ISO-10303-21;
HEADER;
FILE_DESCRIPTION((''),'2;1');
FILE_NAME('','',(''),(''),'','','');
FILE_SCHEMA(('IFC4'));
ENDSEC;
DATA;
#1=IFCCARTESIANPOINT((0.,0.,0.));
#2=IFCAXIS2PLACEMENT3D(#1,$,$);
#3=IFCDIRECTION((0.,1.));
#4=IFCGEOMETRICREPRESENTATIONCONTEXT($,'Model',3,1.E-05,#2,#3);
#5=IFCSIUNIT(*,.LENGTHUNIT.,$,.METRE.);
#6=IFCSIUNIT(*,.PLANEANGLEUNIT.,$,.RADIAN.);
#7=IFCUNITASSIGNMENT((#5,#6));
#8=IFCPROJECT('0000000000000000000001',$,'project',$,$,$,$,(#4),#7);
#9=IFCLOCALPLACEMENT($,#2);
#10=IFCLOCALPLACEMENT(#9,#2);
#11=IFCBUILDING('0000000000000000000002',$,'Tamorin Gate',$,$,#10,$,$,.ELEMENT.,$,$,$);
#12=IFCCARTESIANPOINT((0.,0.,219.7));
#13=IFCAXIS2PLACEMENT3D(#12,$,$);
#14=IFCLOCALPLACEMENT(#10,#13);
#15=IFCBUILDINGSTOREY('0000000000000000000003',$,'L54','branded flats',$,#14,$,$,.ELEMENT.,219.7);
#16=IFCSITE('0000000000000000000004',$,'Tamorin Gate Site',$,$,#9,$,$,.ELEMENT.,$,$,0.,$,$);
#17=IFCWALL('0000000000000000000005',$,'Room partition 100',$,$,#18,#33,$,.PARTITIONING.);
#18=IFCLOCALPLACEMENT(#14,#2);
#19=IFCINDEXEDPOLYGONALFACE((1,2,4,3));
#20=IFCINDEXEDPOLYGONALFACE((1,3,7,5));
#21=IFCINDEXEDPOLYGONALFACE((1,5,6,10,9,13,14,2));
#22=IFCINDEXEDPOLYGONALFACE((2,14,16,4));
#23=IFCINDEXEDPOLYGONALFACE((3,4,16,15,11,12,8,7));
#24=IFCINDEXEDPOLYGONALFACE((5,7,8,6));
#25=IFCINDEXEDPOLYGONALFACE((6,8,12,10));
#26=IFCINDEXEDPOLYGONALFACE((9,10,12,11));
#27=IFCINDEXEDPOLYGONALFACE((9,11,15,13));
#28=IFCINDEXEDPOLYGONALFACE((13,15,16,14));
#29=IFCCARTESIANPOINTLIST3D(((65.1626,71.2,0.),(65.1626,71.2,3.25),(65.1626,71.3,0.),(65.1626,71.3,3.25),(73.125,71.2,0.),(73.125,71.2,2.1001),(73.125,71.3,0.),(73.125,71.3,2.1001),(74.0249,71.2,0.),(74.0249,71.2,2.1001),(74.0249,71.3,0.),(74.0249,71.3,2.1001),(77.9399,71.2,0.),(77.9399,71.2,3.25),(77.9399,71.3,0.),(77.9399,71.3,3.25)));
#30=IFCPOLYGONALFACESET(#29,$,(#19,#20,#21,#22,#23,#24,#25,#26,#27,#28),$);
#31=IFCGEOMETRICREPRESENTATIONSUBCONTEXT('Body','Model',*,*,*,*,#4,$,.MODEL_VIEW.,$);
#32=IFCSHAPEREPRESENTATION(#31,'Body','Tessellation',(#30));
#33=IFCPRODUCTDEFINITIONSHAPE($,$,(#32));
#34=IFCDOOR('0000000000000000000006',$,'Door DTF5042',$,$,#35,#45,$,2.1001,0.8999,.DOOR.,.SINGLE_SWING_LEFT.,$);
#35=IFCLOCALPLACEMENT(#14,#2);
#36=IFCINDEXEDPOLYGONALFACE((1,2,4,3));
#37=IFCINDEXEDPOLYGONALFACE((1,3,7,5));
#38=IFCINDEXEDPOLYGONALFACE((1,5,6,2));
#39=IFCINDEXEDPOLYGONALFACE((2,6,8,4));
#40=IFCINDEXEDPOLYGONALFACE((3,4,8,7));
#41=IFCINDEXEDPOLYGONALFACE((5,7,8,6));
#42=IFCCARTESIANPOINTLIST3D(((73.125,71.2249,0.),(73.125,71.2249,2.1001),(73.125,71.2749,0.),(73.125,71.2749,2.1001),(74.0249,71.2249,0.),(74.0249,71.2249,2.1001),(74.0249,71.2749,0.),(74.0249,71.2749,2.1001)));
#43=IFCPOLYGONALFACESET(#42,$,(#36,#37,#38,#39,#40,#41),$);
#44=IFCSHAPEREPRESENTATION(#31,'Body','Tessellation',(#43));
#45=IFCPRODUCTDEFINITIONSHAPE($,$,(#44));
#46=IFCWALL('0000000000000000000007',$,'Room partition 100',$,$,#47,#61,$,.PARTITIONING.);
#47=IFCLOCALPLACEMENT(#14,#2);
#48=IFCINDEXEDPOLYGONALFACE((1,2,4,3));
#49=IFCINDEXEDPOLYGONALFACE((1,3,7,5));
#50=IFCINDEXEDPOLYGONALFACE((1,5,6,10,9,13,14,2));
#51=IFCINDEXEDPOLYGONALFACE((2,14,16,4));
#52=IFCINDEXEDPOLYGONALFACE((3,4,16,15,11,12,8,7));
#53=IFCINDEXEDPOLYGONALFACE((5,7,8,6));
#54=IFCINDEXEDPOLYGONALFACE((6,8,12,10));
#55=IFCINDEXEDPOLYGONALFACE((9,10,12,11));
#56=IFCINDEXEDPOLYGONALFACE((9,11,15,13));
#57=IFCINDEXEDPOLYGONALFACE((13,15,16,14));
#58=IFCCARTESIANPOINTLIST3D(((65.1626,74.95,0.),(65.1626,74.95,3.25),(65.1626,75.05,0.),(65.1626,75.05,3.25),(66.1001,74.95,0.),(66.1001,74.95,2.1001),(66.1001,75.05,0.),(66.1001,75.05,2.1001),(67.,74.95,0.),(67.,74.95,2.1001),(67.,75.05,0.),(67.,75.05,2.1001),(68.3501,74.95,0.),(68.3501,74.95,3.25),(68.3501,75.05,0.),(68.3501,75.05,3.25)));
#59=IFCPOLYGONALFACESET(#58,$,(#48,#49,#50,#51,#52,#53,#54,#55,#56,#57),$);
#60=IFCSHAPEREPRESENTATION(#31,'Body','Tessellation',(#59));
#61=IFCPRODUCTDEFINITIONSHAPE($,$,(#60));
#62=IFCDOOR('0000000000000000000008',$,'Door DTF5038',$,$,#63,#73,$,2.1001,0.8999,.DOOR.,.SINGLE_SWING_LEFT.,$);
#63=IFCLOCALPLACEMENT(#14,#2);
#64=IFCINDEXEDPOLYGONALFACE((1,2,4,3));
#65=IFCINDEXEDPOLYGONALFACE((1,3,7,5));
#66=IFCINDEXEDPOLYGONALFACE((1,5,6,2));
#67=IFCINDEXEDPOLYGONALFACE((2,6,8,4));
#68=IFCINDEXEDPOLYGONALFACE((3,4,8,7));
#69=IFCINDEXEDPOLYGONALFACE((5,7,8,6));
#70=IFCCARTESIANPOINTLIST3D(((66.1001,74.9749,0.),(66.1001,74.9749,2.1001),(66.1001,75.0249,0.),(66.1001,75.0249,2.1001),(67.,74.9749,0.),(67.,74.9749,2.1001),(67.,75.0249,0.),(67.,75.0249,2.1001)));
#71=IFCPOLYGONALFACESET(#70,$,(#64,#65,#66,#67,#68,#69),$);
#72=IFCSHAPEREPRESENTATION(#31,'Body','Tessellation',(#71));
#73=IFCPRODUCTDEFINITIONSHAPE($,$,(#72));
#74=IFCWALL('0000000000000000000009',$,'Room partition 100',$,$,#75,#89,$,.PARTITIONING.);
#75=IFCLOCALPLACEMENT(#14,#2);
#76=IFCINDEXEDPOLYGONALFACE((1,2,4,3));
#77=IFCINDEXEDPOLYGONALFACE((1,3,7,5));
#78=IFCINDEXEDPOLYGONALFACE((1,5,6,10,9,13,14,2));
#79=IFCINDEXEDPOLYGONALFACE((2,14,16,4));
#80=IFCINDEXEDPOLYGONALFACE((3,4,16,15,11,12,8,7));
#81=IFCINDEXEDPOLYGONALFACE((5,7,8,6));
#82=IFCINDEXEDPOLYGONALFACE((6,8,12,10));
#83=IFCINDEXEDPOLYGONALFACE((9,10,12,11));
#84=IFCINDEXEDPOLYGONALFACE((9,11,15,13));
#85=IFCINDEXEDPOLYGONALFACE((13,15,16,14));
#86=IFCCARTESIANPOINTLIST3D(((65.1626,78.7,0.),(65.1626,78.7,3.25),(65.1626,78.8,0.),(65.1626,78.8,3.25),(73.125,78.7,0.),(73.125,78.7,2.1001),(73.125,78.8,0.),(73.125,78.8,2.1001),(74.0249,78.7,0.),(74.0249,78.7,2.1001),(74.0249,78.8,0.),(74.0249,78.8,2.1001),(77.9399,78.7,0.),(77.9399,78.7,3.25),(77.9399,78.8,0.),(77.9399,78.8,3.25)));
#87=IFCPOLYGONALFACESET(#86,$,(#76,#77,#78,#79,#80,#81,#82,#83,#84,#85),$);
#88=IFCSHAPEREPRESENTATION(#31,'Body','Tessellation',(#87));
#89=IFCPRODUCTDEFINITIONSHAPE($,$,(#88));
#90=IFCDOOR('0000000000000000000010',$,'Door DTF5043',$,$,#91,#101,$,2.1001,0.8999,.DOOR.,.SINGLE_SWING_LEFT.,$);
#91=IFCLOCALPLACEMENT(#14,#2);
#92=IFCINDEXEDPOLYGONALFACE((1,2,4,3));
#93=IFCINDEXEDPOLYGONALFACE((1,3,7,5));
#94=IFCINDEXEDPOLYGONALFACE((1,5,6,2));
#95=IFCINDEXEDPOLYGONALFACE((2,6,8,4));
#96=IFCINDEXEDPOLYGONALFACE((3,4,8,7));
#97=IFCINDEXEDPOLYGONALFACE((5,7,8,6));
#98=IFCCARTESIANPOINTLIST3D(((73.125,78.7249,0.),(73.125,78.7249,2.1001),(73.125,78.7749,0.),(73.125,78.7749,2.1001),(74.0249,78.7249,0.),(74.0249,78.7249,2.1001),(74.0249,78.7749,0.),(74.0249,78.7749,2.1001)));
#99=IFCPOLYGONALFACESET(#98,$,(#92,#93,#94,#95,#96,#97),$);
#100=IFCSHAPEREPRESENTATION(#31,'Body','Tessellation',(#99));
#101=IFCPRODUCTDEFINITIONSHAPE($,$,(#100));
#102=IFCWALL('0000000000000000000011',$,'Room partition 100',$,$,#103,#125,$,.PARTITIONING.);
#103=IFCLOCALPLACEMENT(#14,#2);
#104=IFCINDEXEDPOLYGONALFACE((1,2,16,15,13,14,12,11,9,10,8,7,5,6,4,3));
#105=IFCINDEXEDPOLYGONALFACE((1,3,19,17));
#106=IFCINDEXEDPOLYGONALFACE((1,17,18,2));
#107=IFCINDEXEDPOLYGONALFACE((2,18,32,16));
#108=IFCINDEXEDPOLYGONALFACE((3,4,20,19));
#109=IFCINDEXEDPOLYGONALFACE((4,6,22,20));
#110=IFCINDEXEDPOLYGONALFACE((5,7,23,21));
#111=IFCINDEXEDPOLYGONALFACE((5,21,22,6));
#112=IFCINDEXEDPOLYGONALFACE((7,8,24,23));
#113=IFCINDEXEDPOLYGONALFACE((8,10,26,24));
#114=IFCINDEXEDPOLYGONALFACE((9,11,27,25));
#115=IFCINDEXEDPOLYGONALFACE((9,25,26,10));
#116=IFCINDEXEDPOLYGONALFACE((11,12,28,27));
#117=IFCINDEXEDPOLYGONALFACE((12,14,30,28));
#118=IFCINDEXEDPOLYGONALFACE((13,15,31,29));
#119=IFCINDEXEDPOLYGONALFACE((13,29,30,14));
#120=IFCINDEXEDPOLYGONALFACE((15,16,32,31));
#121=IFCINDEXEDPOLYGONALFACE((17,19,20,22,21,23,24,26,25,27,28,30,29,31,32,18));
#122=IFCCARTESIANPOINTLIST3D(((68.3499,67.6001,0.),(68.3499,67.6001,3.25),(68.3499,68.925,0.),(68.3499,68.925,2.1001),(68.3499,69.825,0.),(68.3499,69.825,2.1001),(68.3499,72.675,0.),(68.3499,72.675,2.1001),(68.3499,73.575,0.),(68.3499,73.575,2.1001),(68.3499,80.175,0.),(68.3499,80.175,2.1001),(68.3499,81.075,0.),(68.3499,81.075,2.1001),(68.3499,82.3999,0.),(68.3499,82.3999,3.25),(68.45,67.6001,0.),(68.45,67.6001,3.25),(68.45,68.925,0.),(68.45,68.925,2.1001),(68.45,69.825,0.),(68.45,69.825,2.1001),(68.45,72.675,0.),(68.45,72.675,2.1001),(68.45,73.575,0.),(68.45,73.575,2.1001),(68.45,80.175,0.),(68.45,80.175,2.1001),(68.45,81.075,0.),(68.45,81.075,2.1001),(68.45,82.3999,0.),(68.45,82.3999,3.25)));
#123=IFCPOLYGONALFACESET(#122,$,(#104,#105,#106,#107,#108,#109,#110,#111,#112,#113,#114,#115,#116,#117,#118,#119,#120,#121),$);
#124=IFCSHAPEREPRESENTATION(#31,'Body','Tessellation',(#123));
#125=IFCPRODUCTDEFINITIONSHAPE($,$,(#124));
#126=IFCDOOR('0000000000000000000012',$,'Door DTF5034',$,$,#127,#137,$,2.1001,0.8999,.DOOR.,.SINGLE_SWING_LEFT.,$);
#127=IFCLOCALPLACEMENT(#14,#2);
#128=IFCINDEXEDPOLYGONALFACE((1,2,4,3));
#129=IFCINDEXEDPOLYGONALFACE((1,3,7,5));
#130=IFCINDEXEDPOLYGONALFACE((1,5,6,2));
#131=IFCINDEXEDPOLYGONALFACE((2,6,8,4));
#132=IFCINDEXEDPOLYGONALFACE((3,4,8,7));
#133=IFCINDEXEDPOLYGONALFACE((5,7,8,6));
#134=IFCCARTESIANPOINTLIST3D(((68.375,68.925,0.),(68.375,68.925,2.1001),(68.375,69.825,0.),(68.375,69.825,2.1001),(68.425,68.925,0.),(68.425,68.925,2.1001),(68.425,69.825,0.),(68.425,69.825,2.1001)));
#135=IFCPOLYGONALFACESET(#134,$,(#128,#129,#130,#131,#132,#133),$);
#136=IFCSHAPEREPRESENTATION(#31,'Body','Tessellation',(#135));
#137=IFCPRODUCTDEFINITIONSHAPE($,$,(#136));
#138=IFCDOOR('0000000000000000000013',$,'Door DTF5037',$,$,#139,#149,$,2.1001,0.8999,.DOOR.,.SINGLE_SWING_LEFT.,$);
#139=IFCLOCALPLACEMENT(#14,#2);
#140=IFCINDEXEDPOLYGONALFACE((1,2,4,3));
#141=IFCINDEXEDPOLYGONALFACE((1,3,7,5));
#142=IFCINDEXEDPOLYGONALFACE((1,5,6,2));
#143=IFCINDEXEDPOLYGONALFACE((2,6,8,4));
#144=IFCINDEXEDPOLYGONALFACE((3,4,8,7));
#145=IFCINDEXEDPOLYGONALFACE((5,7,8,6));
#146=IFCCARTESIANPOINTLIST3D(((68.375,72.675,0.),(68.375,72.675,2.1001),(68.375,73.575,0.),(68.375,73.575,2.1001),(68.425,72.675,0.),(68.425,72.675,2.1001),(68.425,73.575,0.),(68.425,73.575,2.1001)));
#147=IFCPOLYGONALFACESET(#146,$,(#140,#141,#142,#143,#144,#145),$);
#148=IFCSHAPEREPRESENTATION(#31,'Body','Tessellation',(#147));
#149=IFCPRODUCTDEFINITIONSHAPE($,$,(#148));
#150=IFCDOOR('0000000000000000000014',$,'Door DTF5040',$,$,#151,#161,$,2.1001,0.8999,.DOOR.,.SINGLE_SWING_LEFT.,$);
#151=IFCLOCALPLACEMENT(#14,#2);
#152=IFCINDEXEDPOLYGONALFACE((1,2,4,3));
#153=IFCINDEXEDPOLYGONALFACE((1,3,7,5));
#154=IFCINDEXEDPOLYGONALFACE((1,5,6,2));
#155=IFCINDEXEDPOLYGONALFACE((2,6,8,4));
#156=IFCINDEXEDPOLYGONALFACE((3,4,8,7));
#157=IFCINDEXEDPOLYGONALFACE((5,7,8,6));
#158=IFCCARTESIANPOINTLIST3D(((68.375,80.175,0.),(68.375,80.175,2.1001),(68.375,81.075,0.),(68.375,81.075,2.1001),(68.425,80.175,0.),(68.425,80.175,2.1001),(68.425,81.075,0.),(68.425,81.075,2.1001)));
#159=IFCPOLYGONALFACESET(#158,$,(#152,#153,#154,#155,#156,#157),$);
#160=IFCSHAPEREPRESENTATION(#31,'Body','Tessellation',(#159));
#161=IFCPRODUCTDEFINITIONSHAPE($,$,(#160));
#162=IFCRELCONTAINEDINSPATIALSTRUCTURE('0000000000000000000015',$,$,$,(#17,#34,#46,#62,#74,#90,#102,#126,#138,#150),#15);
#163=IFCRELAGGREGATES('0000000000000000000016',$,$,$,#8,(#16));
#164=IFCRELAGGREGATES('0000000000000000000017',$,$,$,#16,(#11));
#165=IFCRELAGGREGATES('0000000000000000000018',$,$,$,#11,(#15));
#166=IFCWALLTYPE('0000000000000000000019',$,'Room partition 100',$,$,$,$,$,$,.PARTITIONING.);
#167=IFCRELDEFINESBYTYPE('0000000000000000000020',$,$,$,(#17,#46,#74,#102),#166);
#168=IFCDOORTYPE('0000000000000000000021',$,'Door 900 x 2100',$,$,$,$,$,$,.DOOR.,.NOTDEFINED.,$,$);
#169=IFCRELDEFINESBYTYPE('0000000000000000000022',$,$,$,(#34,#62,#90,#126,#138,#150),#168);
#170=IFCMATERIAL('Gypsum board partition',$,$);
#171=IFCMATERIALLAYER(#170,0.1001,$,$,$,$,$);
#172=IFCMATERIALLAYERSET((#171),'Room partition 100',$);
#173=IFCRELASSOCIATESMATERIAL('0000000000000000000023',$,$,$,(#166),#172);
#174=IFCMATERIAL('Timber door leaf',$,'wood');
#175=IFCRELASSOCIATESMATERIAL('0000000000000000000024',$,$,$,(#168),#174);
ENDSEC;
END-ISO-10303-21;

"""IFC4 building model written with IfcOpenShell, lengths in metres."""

from ifc_helpers import new_model, si_unit, direction, frame, frame_2d, origin, place, context, subcontext, project, spatial, rectangle, extrude, material, layer, layer_set, type_object, element, fill, save


model = new_model("IFC4")

# Units and contexts
model_context = context("Model", 3, precision=1e-05, world=origin(), true_north=direction((0.0, 1.0)))
body_context = subcontext(model_context, "Body", "Model", "MODEL_VIEW")
ifc_project = project(units=[si_unit("LENGTHUNIT", "METRE"), si_unit("PLANEANGLEUNIT", "RADIAN")], contexts=[model_context])

# Site, building, storey
site_placement = place(None, origin())
site = spatial("IfcSite", under=ifc_project, at=site_placement, Name="Tamorin Gate Site", CompositionType="ELEMENT", RefElevation=0.0)
building_placement = place(site_placement, origin())
building = spatial("IfcBuilding", under=site, at=building_placement, Name="Tamorin Gate", CompositionType="ELEMENT")
storey_placement = place(building_placement, frame((0.0, 0.0, 219.7)))
storey = spatial("IfcBuildingStorey", under=building, at=storey_placement, Name="L54", Description="branded flats", CompositionType="ELEMENT", Elevation=219.7)

# Walls, openings, doors
ifc_material_1 = material(Name="Gypsum board partition")
ifc_layer_1 = layer(ifc_material_1, 0.1001)
ifc_layer_set_1 = layer_set([ifc_layer_1], Name="Room partition 100")
wall_type_1 = type_object("IfcWallType", Name="Room partition 100", PredefinedType="PARTITIONING", material=ifc_layer_set_1)
wall_1_placement = place(storey_placement, frame((65.1626, 71.25, 0.0), z_axis=(0.0, 0.0, 1.0), x_axis=(1.0, 0.0, 0.0)))
wall_1 = element("IfcWall", 1, at=wall_1_placement, inside=storey, type_object=wall_type_1, Name="Room partition 100", PredefinedType="PARTITIONING", context=body_context, shape_type="SweptSolid", body=[
    extrude(rectangle(XDim=12.7773, YDim=0.1001, at=frame_2d((6.3887, 0.0))), origin(), (0.0, 0.0, 1.0), 3.25),
])
opening_1_placement = place(wall_1_placement, frame((7.9624, 0.0, 0.0)))
opening_1 = element("IfcOpeningElement", 2, at=opening_1_placement, cuts=wall_1, PredefinedType="OPENING", context=body_context, shape_type="SweptSolid", body=[
    extrude(rectangle(XDim=0.8999, YDim=2.1001, at=frame_2d((0.45, 1.05))), frame((0.0, 0.0601, 0.0), z_axis=(0.0, -1.0, 0.0), x_axis=(1.0, 0.0, 0.0)), (0.0, 0.0, 1.0), 0.1201),
])
ifc_material_2 = material(Name="Timber door leaf", Category="wood")
door_type_1 = type_object("IfcDoorType", Name="Door 900 x 2100", OperationType="NOTDEFINED", PredefinedType="DOOR", material=ifc_material_2)
door_1_placement = place(opening_1_placement, origin())
door_1 = element("IfcDoor", 3, at=door_1_placement, inside=storey, type_object=door_type_1, Name="Door DTF5042", OperationType="SINGLE_SWING_LEFT", OverallHeight=2.1001, OverallWidth=0.8999, PredefinedType="DOOR", context=body_context, shape_type="SweptSolid", body=[
    extrude(rectangle(XDim=0.8999, YDim=2.1001, at=frame_2d((0.45, 1.05))), frame((0.0, 0.0249, 0.0), z_axis=(0.0, -1.0, 0.0), x_axis=(1.0, 0.0, 0.0)), (0.0, 0.0, 1.0), 0.05),
])
fill(opening_1, door_1)
wall_2_placement = place(storey_placement, frame((65.1626, 75.0, 0.0), z_axis=(0.0, 0.0, 1.0), x_axis=(1.0, 0.0, 0.0)))
wall_2 = element("IfcWall", 4, at=wall_2_placement, inside=storey, type_object=wall_type_1, Name="Room partition 100", PredefinedType="PARTITIONING", context=body_context, shape_type="SweptSolid", body=[
    extrude(rectangle(XDim=3.1875, YDim=0.1001, at=frame_2d((1.5938, 0.0))), origin(), (0.0, 0.0, 1.0), 3.25),
])
opening_2_placement = place(wall_2_placement, frame((0.9375, 0.0, 0.0)))
opening_2 = element("IfcOpeningElement", 5, at=opening_2_placement, cuts=wall_2, PredefinedType="OPENING", context=body_context, shape_type="SweptSolid", body=[
    extrude(rectangle(XDim=0.8999, YDim=2.1001, at=frame_2d((0.45, 1.05))), frame((0.0, 0.0601, 0.0), z_axis=(0.0, -1.0, 0.0), x_axis=(1.0, 0.0, 0.0)), (0.0, 0.0, 1.0), 0.1201),
])
door_2_placement = place(opening_2_placement, origin())
door_2 = element("IfcDoor", 6, at=door_2_placement, inside=storey, type_object=door_type_1, Name="Door DTF5038", OperationType="SINGLE_SWING_LEFT", OverallHeight=2.1001, OverallWidth=0.8999, PredefinedType="DOOR", context=body_context, shape_type="SweptSolid", body=[
    extrude(rectangle(XDim=0.8999, YDim=2.1001, at=frame_2d((0.45, 1.05))), frame((0.0, 0.0249, 0.0), z_axis=(0.0, -1.0, 0.0), x_axis=(1.0, 0.0, 0.0)), (0.0, 0.0, 1.0), 0.05),
])
fill(opening_2, door_2)
wall_3_placement = place(storey_placement, frame((65.1626, 78.75, 0.0), z_axis=(0.0, 0.0, 1.0), x_axis=(1.0, 0.0, 0.0)))
wall_3 = element("IfcWall", 7, at=wall_3_placement, inside=storey, type_object=wall_type_1, Name="Room partition 100", PredefinedType="PARTITIONING", context=body_context, shape_type="SweptSolid", body=[
    extrude(rectangle(XDim=12.7773, YDim=0.1001, at=frame_2d((6.3887, 0.0))), origin(), (0.0, 0.0, 1.0), 3.25),
])
opening_3_placement = place(wall_3_placement, frame((7.9624, 0.0, 0.0)))
opening_3 = element("IfcOpeningElement", 8, at=opening_3_placement, cuts=wall_3, PredefinedType="OPENING", context=body_context, shape_type="SweptSolid", body=[
    extrude(rectangle(XDim=0.8999, YDim=2.1001, at=frame_2d((0.45, 1.05))), frame((0.0, 0.0601, 0.0), z_axis=(0.0, -1.0, 0.0), x_axis=(1.0, 0.0, 0.0)), (0.0, 0.0, 1.0), 0.1201),
])
door_3_placement = place(opening_3_placement, origin())
door_3 = element("IfcDoor", 9, at=door_3_placement, inside=storey, type_object=door_type_1, Name="Door DTF5043", OperationType="SINGLE_SWING_LEFT", OverallHeight=2.1001, OverallWidth=0.8999, PredefinedType="DOOR", context=body_context, shape_type="SweptSolid", body=[
    extrude(rectangle(XDim=0.8999, YDim=2.1001, at=frame_2d((0.45, 1.05))), frame((0.0, 0.0249, 0.0), z_axis=(0.0, -1.0, 0.0), x_axis=(1.0, 0.0, 0.0)), (0.0, 0.0, 1.0), 0.05),
])
fill(opening_3, door_3)

# Wall, openings, doors
wall_4_placement = place(storey_placement, frame((68.3999, 67.6001, 0.0), z_axis=(0.0, 0.0, 1.0), x_axis=(0.0, 1.0, 0.0)))
wall_4 = element("IfcWall", 10, at=wall_4_placement, inside=storey, type_object=wall_type_1, Name="Room partition 100", PredefinedType="PARTITIONING", context=body_context, shape_type="SweptSolid", body=[
    extrude(rectangle(XDim=14.7998, YDim=0.1001, at=frame_2d((7.3999, 0.0))), origin(), (0.0, 0.0, 1.0), 3.25),
])
opening_4_placement = place(wall_4_placement, frame((1.325, 0.0, 0.0)))
opening_4 = element("IfcOpeningElement", 11, at=opening_4_placement, cuts=wall_4, PredefinedType="OPENING", context=body_context, shape_type="SweptSolid", body=[
    extrude(rectangle(XDim=0.8999, YDim=2.1001, at=frame_2d((0.45, 1.05))), frame((0.0, 0.0601, 0.0), z_axis=(0.0, -1.0, 0.0), x_axis=(1.0, 0.0, 0.0)), (0.0, 0.0, 1.0), 0.1201),
])
opening_5_placement = place(wall_4_placement, frame((5.075, 0.0, 0.0)))
opening_5 = element("IfcOpeningElement", 12, at=opening_5_placement, cuts=wall_4, PredefinedType="OPENING", context=body_context, shape_type="SweptSolid", body=[
    extrude(rectangle(XDim=0.8999, YDim=2.1001, at=frame_2d((0.45, 1.05))), frame((0.0, 0.0601, 0.0), z_axis=(0.0, -1.0, 0.0), x_axis=(1.0, 0.0, 0.0)), (0.0, 0.0, 1.0), 0.1201),
])
opening_6_placement = place(wall_4_placement, frame((12.575, 0.0, 0.0)))
opening_6 = element("IfcOpeningElement", 13, at=opening_6_placement, cuts=wall_4, PredefinedType="OPENING", context=body_context, shape_type="SweptSolid", body=[
    extrude(rectangle(XDim=0.8999, YDim=2.1001, at=frame_2d((0.45, 1.05))), frame((0.0, 0.0601, 0.0), z_axis=(0.0, -1.0, 0.0), x_axis=(1.0, 0.0, 0.0)), (0.0, 0.0, 1.0), 0.1201),
])
door_4_placement = place(opening_4_placement, origin())
door_4 = element("IfcDoor", 14, at=door_4_placement, inside=storey, type_object=door_type_1, Name="Door DTF5034", OperationType="SINGLE_SWING_LEFT", OverallHeight=2.1001, OverallWidth=0.8999, PredefinedType="DOOR", context=body_context, shape_type="SweptSolid", body=[
    extrude(rectangle(XDim=0.8999, YDim=2.1001, at=frame_2d((0.45, 1.05))), frame((0.0, 0.0249, 0.0), z_axis=(0.0, -1.0, 0.0), x_axis=(1.0, 0.0, 0.0)), (0.0, 0.0, 1.0), 0.05),
])
fill(opening_4, door_4)
door_5_placement = place(opening_5_placement, origin())
door_5 = element("IfcDoor", 15, at=door_5_placement, inside=storey, type_object=door_type_1, Name="Door DTF5037", OperationType="SINGLE_SWING_LEFT", OverallHeight=2.1001, OverallWidth=0.8999, PredefinedType="DOOR", context=body_context, shape_type="SweptSolid", body=[
    extrude(rectangle(XDim=0.8999, YDim=2.1001, at=frame_2d((0.45, 1.05))), frame((0.0, 0.0249, 0.0), z_axis=(0.0, -1.0, 0.0), x_axis=(1.0, 0.0, 0.0)), (0.0, 0.0, 1.0), 0.05),
])
fill(opening_5, door_5)
door_6_placement = place(opening_6_placement, origin())
door_6 = element("IfcDoor", 16, at=door_6_placement, inside=storey, type_object=door_type_1, Name="Door DTF5040", OperationType="SINGLE_SWING_LEFT", OverallHeight=2.1001, OverallWidth=0.8999, PredefinedType="DOOR", context=body_context, shape_type="SweptSolid", body=[
    extrude(rectangle(XDim=0.8999, YDim=2.1001, at=frame_2d((0.45, 1.05))), frame((0.0, 0.0249, 0.0), z_axis=(0.0, -1.0, 0.0), x_axis=(1.0, 0.0, 0.0)), (0.0, 0.0, 1.0), 0.05),
])
fill(opening_6, door_6)

save(model, "model.ifc")
